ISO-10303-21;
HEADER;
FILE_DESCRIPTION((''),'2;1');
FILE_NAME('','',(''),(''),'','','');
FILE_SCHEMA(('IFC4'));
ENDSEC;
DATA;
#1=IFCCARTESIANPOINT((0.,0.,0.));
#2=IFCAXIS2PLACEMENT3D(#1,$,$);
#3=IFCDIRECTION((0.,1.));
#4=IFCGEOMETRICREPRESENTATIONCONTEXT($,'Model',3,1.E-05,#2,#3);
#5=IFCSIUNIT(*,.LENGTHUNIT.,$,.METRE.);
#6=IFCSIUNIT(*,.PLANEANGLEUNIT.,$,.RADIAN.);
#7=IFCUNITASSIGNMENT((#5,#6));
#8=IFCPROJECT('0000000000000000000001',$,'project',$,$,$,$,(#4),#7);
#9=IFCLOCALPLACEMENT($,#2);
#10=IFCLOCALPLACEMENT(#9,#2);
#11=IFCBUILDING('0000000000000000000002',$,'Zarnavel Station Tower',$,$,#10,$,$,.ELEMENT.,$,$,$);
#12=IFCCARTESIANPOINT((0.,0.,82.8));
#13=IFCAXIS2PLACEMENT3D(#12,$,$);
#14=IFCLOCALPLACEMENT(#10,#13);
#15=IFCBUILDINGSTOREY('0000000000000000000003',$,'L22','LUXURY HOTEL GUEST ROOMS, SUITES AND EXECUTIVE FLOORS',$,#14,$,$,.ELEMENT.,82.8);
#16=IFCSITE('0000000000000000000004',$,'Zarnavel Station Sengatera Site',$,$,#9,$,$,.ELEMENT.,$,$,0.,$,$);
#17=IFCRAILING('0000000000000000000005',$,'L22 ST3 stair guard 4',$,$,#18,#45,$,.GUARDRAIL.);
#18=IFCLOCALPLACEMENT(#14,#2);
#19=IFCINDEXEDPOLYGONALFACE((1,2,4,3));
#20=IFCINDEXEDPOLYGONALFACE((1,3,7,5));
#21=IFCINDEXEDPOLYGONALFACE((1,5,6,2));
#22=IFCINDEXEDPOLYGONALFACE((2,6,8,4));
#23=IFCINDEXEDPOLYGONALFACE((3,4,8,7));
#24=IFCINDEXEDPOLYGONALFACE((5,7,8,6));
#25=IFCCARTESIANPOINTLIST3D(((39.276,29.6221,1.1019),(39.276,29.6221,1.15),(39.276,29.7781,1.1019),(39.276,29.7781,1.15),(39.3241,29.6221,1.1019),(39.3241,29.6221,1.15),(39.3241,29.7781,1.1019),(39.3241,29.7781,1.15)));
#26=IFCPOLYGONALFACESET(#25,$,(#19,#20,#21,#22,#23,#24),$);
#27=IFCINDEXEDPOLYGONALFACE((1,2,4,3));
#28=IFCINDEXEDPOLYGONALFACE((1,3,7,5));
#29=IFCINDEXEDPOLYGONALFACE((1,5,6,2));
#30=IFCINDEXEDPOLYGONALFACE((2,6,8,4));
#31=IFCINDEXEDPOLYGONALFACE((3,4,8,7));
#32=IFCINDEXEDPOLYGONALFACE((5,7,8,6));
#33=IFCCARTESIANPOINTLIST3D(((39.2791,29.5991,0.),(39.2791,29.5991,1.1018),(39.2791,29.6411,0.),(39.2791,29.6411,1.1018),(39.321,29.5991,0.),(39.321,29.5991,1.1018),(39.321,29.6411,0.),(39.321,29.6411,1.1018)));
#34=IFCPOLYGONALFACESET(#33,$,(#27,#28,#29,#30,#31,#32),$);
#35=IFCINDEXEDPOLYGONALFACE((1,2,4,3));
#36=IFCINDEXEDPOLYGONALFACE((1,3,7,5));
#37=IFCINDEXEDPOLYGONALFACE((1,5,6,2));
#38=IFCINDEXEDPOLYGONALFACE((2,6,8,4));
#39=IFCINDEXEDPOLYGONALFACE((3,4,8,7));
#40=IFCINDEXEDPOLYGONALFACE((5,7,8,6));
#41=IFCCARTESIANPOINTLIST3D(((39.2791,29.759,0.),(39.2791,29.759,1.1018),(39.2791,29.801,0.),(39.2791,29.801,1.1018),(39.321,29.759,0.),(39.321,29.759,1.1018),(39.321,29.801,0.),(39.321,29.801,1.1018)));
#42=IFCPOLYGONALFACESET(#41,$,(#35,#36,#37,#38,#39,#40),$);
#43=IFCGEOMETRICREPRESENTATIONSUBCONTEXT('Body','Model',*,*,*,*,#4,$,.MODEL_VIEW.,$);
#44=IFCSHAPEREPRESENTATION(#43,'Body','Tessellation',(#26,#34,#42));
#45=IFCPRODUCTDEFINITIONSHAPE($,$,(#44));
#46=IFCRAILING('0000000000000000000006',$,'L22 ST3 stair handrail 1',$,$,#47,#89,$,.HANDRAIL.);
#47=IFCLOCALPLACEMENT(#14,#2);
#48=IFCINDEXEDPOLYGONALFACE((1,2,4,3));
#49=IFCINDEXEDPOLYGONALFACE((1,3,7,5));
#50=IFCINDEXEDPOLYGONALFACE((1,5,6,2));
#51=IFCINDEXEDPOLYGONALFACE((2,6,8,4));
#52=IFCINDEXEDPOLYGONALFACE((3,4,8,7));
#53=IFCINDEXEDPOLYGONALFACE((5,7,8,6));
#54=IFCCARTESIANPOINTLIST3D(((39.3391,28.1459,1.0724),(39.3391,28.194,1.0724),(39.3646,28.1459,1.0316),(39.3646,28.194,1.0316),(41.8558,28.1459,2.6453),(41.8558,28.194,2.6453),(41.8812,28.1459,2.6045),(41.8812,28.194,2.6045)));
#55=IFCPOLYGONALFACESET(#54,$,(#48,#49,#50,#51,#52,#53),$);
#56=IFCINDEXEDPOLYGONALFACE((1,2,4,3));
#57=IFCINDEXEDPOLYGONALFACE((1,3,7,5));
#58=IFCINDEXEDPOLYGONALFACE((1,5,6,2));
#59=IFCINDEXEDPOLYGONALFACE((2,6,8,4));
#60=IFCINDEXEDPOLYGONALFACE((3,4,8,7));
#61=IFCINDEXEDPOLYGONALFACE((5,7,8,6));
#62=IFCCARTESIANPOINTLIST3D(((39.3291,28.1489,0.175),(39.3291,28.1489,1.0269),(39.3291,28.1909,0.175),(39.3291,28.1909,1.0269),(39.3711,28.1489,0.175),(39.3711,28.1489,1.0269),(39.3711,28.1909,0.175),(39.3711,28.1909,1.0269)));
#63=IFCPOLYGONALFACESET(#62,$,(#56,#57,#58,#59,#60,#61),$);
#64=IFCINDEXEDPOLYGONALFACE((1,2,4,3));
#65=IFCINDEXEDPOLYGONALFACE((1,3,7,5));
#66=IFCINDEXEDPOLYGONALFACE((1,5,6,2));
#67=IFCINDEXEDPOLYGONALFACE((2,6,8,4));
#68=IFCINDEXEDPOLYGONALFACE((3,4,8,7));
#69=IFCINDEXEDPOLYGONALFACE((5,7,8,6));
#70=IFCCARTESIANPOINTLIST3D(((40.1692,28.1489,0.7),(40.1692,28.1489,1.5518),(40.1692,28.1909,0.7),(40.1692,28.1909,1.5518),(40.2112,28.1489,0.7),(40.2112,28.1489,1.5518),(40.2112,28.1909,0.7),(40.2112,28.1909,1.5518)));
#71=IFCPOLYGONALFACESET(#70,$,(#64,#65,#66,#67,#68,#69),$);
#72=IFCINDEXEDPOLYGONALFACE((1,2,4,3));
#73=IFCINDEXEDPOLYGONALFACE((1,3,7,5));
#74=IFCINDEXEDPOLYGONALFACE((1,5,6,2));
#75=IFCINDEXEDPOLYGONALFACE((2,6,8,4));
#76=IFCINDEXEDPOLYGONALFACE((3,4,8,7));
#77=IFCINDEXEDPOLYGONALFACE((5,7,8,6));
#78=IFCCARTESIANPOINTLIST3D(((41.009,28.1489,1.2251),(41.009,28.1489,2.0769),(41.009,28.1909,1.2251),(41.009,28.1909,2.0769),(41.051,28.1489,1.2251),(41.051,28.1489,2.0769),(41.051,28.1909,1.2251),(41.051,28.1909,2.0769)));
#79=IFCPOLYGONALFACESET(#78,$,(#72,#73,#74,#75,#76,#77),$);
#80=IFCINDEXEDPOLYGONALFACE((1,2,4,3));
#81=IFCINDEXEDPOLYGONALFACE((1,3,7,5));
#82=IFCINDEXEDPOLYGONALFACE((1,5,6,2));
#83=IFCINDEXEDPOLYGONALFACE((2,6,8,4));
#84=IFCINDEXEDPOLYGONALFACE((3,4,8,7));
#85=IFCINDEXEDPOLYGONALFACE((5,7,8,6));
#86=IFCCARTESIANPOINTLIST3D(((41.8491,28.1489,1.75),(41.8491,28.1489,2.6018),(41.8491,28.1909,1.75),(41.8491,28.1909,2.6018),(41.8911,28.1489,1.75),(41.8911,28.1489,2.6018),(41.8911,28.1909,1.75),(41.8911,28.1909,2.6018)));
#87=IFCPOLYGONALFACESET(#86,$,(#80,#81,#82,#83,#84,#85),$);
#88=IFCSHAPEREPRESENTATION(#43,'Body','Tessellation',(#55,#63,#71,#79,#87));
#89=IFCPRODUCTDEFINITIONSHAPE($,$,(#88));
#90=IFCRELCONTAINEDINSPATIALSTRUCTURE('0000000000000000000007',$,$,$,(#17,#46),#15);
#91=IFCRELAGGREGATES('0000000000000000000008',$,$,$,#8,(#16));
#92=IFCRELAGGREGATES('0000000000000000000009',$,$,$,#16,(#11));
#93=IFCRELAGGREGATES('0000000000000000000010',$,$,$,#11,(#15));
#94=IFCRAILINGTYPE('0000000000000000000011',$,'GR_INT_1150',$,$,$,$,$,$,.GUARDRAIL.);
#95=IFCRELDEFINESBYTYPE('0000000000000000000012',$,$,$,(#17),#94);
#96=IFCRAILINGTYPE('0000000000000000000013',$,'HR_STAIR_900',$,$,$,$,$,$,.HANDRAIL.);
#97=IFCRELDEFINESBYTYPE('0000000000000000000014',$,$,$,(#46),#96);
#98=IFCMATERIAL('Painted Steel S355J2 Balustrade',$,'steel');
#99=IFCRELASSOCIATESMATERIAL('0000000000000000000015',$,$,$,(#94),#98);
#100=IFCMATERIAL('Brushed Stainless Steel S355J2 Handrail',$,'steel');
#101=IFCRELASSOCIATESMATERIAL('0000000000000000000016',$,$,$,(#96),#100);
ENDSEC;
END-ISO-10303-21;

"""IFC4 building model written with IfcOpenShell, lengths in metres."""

from ifc_helpers import new_model, si_unit, direction, frame, origin, origin_2d, place, context, subcontext, project, spatial, rectangle, extrude, material, type_object, element, save


model = new_model("IFC4")

# Units and contexts
model_context = context("Model", 3, precision=1e-05, world=origin(), true_north=direction((0.0, 1.0)))
body_context = subcontext(model_context, "Body", "Model", "MODEL_VIEW")
ifc_project = project(units=[si_unit("LENGTHUNIT", "METRE"), si_unit("PLANEANGLEUNIT", "RADIAN")], contexts=[model_context])

# Site, building, storey
site_placement = place(None, origin())
site = spatial("IfcSite", under=ifc_project, at=site_placement, Name="Zarnavel Station Sengatera Site", CompositionType="ELEMENT", RefElevation=0.0)
building_placement = place(site_placement, origin())
building = spatial("IfcBuilding", under=site, at=building_placement, Name="Zarnavel Station Tower", CompositionType="ELEMENT")
storey_placement = place(building_placement, frame((0.0, 0.0, 82.8)))
storey = spatial("IfcBuildingStorey", under=building, at=storey_placement, Name="L22", Description="LUXURY HOTEL GUEST ROOMS, SUITES AND EXECUTIVE FLOORS", CompositionType="ELEMENT", Elevation=82.8)

# Railings
ifc_material_1 = material(Name="Painted Steel S355J2 Balustrade", Category="steel")
railing_type_1 = type_object("IfcRailingType", Name="GR_INT_1150", PredefinedType="GUARDRAIL", material=ifc_material_1)
railing_1_placement = place(storey_placement, frame((39.3, 29.6201, 0.0)))
element("IfcRailing", 1, at=railing_1_placement, inside=storey, type_object=railing_type_1, Name="L22 ST3 stair guard 4", PredefinedType="GUARDRAIL", context=body_context, shape_type="SweptSolid", body=[
    extrude(rectangle(XDim=0.0481, YDim=0.0481, at=origin_2d()), frame((0.0, 0.002, 1.126), z_axis=(0.0, 1.0, 0.0), x_axis=(-1.0, 0.0, 0.0)), (0.0, 0.0, 1.0), 0.156),
    extrude(rectangle(XDim=0.042, YDim=0.042, at=origin_2d()), origin(), (0.0, 0.0, 1.0), 1.1018),
    extrude(rectangle(XDim=0.042, YDim=0.042, at=origin_2d()), frame((0.0, 0.1599, 0.0)), (0.0, 0.0, 1.0), 1.1018),
])
ifc_material_2 = material(Name="Brushed Stainless Steel S355J2 Handrail", Category="steel")
railing_type_2 = type_object("IfcRailingType", Name="HR_STAIR_900", PredefinedType="HANDRAIL", material=ifc_material_2)
railing_2_placement = place(storey_placement, frame((39.3501, 28.1699, 0.175)))
element("IfcRailing", 2, at=railing_2_placement, inside=storey, type_object=railing_type_2, Name="L22 ST3 stair handrail 1", PredefinedType="HANDRAIL", context=body_context, shape_type="SweptSolid", body=[
    extrude(rectangle(XDim=0.0481, YDim=0.0481, at=origin_2d()), frame((0.0017, 0.0, 0.877), z_axis=(0.848008, 0.0, 0.529984), x_axis=(0.0, 1.0, 0.0)), (0.0, 0.0, 1.0), 2.9678),
    extrude(rectangle(XDim=0.042, YDim=0.042, at=origin_2d()), origin(), (0.0, 0.0, 1.0), 0.8518),
    extrude(rectangle(XDim=0.042, YDim=0.042, at=origin_2d()), frame((0.8401, 0.0, 0.5249)), (0.0, 0.0, 1.0), 0.8518),
    extrude(rectangle(XDim=0.042, YDim=0.042, at=origin_2d()), frame((1.6799, 0.0, 1.05)), (0.0, 0.0, 1.0), 0.8518),
    extrude(rectangle(XDim=0.042, YDim=0.042, at=origin_2d()), frame((2.52, 0.0, 1.575)), (0.0, 0.0, 1.0), 0.8518),
])

save(model, "model.ifc")
